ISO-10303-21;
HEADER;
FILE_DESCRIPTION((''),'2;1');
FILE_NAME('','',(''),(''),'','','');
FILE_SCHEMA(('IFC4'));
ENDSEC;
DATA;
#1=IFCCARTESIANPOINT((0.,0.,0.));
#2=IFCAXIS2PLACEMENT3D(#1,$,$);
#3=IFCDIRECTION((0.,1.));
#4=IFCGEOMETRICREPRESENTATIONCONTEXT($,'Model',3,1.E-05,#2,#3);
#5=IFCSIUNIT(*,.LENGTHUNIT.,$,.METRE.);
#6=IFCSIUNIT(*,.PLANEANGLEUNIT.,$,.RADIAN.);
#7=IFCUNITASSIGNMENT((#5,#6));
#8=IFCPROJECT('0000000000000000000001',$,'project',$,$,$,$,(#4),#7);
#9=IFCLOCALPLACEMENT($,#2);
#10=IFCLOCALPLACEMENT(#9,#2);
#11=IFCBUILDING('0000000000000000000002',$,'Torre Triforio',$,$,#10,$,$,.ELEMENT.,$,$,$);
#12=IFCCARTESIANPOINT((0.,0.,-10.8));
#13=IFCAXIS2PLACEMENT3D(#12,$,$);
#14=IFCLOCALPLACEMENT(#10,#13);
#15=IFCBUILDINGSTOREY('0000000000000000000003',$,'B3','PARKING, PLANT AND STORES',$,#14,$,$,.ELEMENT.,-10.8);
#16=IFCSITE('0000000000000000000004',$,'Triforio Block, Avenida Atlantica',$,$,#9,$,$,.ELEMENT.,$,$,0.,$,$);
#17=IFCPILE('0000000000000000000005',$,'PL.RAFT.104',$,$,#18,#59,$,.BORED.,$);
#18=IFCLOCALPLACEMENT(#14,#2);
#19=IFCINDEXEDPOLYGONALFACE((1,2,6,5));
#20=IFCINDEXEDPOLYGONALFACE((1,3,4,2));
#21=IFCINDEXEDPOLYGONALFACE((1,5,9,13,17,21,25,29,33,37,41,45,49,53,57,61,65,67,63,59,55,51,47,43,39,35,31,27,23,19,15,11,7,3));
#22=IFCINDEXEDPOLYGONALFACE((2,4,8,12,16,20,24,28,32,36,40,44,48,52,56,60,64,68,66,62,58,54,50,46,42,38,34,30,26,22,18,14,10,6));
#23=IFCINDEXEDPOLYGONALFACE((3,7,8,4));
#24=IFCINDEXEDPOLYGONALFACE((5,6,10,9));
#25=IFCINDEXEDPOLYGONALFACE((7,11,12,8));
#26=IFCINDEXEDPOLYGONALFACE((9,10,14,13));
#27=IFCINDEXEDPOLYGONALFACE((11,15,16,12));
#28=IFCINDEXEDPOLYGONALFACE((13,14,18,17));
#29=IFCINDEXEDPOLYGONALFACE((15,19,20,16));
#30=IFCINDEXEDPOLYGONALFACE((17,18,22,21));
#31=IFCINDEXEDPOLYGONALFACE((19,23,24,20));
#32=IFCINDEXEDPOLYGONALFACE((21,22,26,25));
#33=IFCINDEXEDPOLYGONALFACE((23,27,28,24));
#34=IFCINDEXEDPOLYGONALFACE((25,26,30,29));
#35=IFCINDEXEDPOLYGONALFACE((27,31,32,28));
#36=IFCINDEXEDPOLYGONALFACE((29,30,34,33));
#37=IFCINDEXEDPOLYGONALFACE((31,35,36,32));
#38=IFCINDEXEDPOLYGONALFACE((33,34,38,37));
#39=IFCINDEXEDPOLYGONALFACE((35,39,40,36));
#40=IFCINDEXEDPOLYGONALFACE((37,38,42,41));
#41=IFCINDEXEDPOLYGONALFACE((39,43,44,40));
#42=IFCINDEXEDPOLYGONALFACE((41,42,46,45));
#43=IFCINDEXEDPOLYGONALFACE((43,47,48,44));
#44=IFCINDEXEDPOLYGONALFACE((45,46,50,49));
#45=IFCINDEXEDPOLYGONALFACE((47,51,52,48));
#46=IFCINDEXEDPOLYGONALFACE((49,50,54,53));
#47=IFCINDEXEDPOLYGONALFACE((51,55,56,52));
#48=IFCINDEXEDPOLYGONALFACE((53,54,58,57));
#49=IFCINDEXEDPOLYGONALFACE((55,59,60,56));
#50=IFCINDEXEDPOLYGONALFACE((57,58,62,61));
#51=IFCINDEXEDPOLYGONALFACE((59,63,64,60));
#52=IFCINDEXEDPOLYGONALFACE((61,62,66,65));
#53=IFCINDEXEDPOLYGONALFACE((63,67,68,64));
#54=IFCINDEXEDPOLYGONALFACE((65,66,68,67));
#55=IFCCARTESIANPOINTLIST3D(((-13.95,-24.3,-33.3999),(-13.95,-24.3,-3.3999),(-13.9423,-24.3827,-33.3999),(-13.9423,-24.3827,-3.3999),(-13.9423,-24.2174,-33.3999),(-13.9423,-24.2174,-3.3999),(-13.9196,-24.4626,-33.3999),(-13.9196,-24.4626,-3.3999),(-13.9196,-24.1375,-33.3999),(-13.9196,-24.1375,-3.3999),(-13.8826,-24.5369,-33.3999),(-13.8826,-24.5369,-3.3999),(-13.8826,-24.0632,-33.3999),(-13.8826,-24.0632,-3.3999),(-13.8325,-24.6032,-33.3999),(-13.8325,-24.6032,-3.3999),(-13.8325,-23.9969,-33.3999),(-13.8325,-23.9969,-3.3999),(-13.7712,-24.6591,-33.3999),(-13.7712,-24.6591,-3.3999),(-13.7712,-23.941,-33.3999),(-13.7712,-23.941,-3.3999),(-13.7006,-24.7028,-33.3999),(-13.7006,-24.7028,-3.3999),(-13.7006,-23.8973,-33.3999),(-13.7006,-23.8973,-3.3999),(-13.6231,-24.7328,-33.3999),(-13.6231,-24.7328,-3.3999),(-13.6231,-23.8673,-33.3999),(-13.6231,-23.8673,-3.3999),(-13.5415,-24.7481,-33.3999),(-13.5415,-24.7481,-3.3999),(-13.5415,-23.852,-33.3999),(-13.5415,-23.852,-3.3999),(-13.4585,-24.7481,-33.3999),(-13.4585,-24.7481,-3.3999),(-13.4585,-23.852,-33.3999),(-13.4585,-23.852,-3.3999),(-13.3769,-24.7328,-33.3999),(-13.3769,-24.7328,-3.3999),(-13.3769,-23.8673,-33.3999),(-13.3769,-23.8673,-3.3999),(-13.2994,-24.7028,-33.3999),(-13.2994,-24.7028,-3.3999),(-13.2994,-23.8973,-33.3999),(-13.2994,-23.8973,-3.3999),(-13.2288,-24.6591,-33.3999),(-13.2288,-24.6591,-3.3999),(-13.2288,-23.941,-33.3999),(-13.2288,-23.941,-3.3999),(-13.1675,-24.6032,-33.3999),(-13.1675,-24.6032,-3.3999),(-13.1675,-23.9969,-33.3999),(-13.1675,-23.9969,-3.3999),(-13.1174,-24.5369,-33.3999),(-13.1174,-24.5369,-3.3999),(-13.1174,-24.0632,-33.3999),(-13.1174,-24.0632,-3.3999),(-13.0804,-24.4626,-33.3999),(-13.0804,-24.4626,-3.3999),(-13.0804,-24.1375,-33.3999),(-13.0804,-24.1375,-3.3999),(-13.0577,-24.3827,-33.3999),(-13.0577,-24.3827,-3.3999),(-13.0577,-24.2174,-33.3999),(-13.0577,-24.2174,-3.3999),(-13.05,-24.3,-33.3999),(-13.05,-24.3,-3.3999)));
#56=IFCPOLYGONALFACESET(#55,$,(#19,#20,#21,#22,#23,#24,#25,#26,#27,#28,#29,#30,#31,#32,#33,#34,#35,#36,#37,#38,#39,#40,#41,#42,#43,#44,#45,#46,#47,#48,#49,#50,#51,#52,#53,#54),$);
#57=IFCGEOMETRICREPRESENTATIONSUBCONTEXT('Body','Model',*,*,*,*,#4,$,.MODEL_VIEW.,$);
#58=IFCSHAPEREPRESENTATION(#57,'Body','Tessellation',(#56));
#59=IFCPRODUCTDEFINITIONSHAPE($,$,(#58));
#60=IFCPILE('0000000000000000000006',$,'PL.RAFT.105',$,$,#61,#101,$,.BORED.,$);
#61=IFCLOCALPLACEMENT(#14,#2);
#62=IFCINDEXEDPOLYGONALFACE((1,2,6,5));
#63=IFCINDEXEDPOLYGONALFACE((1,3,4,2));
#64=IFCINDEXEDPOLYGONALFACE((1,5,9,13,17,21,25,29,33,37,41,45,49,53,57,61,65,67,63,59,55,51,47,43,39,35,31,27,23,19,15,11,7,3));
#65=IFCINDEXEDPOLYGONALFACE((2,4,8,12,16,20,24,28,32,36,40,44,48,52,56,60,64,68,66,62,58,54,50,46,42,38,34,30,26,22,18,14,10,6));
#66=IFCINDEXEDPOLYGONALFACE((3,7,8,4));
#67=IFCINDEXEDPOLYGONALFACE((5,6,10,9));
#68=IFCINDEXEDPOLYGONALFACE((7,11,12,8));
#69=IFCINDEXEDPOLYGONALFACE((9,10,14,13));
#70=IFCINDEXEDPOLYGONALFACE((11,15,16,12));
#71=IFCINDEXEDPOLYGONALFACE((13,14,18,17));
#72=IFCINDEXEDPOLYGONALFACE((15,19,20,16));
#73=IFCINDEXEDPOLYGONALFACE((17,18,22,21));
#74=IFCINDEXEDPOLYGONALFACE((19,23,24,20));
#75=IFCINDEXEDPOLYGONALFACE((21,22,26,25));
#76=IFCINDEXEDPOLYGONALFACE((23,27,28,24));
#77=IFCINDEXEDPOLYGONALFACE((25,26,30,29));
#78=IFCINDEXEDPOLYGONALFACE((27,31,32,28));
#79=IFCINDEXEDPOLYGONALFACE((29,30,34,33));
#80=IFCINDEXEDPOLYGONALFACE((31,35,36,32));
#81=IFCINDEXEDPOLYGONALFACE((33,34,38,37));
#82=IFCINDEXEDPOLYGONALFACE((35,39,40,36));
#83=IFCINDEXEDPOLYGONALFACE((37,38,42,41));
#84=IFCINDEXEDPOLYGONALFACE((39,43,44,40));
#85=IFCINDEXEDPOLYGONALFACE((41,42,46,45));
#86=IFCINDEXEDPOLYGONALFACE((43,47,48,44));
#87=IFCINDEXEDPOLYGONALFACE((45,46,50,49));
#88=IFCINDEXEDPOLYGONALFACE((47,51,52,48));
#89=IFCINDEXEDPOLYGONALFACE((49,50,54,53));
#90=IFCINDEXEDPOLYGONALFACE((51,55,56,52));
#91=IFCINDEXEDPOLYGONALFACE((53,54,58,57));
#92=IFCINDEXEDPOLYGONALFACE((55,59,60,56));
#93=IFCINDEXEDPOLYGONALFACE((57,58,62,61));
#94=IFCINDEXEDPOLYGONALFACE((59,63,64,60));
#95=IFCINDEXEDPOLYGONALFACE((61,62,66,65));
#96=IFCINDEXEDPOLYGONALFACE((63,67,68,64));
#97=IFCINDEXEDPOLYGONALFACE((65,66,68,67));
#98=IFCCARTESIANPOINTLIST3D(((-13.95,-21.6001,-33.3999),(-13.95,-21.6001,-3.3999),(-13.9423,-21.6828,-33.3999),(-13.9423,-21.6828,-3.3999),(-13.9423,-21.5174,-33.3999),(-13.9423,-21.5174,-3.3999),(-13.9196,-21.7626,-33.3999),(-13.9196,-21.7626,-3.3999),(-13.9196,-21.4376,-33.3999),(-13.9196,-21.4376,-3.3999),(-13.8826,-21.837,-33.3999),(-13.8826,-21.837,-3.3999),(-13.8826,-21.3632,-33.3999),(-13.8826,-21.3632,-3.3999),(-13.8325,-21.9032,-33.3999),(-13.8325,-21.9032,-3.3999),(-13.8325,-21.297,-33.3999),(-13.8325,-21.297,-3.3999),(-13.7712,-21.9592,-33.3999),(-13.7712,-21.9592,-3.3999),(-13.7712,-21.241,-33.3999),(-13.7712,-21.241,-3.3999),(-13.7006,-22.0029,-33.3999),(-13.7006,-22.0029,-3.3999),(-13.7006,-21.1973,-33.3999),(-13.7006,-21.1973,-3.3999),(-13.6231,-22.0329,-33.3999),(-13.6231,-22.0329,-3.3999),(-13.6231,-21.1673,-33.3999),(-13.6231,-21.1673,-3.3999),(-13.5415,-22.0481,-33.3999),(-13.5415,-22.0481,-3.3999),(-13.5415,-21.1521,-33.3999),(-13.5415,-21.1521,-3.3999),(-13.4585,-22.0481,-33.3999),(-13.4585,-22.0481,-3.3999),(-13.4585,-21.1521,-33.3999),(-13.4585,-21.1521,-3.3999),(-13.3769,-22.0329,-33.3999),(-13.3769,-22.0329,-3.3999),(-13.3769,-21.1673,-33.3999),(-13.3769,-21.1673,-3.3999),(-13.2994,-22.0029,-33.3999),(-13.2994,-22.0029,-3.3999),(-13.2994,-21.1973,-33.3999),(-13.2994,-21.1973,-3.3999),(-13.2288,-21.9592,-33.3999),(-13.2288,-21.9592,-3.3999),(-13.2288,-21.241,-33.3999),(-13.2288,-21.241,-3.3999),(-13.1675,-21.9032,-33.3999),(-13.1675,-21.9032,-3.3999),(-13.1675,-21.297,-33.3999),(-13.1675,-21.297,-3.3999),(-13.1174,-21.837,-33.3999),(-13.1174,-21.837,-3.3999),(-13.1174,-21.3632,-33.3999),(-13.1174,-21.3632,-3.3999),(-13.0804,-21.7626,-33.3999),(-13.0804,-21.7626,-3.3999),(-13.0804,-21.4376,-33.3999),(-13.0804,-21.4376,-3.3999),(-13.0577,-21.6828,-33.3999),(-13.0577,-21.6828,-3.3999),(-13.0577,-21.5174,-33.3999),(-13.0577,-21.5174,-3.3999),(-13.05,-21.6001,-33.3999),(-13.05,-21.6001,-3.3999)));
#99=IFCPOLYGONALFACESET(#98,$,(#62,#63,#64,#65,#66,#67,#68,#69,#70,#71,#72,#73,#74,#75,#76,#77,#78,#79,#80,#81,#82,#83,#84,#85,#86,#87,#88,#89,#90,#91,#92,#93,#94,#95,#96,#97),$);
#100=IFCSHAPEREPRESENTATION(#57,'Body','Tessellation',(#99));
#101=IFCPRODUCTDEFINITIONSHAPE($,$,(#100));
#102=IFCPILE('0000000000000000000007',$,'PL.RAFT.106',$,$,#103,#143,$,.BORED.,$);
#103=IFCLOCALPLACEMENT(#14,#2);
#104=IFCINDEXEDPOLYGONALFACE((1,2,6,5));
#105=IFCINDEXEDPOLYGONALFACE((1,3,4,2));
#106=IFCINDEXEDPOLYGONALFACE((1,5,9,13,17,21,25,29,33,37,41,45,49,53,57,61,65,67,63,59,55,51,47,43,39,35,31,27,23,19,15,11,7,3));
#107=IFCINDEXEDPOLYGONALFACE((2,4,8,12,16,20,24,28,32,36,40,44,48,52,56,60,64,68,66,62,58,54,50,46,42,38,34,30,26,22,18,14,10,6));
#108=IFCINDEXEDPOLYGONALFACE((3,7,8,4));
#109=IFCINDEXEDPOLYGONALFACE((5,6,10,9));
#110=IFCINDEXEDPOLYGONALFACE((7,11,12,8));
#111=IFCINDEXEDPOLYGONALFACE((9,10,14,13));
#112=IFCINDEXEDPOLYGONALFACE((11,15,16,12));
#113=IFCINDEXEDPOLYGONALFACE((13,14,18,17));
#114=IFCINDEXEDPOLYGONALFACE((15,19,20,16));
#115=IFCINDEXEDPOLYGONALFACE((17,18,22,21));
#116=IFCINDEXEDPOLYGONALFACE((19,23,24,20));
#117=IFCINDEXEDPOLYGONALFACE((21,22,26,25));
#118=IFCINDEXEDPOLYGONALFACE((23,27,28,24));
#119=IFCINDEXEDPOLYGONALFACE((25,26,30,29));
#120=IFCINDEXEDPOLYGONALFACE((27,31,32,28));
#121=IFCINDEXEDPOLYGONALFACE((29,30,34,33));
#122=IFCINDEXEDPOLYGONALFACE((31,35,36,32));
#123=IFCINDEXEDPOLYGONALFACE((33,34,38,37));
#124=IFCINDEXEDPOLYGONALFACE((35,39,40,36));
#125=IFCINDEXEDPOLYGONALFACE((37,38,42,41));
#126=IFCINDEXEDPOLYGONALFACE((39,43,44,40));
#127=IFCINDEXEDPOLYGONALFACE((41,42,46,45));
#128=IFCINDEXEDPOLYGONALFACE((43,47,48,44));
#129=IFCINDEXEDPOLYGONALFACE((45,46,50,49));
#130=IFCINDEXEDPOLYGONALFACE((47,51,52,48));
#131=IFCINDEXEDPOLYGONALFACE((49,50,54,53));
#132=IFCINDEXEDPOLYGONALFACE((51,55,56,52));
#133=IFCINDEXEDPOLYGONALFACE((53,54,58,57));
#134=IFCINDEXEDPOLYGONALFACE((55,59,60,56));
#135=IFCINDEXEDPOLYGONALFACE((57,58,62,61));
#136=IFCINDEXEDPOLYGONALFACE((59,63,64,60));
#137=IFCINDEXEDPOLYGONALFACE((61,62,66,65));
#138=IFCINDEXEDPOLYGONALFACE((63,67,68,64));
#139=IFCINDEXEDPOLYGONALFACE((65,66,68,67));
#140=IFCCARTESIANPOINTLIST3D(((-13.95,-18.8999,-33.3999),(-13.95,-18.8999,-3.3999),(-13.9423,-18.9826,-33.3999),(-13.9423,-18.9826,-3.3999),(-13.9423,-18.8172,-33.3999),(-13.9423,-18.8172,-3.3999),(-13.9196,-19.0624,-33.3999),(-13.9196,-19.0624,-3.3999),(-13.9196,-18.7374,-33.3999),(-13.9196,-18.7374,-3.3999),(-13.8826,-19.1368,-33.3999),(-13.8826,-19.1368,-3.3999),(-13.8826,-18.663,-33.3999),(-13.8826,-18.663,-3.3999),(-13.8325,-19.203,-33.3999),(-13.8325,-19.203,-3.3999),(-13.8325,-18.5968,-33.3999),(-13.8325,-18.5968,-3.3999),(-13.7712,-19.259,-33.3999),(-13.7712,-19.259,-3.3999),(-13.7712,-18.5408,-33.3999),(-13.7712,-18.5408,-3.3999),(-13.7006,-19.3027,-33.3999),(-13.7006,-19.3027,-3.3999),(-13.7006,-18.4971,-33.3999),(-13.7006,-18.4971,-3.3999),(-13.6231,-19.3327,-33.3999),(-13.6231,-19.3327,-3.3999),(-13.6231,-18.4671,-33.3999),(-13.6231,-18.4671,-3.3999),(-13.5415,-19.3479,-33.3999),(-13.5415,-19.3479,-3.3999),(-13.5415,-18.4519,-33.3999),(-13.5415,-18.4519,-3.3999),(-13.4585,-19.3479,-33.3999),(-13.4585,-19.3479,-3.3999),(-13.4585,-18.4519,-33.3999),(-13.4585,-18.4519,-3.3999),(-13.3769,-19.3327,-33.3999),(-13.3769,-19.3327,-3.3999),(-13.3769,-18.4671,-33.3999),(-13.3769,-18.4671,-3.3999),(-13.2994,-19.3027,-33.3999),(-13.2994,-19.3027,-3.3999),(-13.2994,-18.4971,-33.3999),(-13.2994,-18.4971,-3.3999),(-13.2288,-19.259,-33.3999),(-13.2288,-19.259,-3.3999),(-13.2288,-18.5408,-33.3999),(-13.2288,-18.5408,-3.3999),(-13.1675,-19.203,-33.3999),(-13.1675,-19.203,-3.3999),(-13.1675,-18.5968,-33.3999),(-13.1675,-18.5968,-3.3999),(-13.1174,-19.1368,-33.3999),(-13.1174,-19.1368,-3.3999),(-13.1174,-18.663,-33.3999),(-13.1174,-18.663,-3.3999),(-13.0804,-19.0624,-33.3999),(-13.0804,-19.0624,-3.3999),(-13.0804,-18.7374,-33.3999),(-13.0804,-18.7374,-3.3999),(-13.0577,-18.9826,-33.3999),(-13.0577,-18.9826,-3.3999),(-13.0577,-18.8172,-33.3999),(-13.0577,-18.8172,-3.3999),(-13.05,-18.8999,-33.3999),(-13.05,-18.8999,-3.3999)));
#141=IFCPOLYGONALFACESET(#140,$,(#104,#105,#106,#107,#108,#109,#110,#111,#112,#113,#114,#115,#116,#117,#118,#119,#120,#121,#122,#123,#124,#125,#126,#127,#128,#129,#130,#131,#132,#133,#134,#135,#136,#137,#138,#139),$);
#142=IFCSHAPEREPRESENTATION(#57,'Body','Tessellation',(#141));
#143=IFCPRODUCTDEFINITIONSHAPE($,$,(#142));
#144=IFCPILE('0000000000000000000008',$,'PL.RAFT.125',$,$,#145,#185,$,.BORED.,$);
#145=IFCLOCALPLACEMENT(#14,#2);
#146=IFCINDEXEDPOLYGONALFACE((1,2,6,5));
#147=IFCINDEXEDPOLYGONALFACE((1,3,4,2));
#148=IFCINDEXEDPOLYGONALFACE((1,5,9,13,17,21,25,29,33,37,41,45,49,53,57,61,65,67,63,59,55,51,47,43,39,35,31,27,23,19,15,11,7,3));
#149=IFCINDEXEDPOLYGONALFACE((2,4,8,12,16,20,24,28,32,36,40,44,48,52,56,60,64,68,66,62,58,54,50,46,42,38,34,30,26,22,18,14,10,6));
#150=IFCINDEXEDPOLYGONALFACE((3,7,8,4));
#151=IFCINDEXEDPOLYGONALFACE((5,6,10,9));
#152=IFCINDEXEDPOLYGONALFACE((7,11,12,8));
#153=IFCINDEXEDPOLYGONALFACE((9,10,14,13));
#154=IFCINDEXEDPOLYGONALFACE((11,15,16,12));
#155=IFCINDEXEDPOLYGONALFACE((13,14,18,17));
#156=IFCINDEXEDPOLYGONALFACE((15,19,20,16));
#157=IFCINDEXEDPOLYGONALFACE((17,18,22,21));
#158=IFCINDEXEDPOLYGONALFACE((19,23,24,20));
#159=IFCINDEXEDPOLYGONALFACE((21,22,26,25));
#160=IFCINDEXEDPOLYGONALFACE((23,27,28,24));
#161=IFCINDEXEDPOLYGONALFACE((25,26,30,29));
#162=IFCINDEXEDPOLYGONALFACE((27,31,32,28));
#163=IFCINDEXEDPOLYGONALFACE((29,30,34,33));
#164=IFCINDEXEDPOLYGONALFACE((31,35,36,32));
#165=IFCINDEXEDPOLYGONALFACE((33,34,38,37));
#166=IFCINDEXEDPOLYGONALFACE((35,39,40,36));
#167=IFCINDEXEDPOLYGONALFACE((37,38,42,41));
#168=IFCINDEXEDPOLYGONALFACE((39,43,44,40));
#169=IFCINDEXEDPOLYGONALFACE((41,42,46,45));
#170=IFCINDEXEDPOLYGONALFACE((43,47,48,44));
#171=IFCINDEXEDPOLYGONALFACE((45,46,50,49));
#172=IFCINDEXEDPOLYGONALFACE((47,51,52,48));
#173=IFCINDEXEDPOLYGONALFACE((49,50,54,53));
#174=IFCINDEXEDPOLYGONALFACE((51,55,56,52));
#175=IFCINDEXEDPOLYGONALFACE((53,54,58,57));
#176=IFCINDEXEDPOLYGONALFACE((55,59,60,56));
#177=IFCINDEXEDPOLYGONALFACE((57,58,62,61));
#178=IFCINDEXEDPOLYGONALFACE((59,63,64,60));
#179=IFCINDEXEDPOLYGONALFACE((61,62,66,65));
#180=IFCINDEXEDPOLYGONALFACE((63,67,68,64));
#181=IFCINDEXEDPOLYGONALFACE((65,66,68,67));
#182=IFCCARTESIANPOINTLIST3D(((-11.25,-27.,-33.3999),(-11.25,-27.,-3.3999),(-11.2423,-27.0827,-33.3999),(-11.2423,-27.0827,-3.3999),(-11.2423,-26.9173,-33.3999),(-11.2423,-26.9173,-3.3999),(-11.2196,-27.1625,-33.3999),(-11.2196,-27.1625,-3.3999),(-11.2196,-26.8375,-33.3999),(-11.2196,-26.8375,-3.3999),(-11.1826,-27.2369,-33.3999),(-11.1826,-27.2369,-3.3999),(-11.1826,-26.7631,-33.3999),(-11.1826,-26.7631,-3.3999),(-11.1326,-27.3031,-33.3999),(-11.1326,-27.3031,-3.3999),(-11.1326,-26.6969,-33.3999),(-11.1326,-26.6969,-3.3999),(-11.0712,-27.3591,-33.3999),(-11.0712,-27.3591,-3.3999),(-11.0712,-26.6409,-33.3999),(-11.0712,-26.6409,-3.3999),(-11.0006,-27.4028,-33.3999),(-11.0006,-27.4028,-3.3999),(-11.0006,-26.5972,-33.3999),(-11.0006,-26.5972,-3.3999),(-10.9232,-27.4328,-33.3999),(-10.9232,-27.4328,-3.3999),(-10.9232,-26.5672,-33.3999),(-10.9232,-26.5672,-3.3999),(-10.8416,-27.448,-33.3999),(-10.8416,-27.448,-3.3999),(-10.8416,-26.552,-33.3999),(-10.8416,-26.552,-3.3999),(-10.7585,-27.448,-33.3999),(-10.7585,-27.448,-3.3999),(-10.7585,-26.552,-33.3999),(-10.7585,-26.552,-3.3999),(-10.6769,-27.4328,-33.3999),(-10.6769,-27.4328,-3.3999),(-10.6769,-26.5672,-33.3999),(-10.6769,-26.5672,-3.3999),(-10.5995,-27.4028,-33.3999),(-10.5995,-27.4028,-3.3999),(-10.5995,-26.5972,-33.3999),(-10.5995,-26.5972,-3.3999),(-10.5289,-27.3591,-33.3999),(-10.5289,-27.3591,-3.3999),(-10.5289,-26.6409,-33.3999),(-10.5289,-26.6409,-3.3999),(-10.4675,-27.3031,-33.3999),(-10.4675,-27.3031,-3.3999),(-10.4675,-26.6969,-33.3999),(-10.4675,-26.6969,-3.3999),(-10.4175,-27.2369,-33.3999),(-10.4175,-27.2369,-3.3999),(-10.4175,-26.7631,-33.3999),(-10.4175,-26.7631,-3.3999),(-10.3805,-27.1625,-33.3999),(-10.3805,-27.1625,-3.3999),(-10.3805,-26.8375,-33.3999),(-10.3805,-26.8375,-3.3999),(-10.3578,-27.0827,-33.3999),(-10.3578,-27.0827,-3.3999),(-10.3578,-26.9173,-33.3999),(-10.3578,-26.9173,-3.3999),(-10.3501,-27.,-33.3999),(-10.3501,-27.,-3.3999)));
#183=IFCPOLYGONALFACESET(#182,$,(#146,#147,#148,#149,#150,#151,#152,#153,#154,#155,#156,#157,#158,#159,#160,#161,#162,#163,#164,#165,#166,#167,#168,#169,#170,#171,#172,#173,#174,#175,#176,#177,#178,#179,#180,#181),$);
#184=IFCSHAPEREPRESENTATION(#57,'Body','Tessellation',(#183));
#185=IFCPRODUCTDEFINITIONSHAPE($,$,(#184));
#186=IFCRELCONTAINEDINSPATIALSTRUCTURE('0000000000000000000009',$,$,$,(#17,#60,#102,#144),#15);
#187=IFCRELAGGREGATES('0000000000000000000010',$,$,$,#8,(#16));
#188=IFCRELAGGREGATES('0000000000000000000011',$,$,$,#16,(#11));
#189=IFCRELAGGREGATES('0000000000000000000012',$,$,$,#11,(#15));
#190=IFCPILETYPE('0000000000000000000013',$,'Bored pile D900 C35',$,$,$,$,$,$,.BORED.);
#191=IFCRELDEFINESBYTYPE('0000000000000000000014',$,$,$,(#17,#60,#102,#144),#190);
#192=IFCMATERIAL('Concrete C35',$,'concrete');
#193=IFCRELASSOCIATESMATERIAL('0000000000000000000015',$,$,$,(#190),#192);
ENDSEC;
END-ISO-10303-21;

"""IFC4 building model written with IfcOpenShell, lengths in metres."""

from ifc_helpers import new_model, si_unit, direction, frame, origin, origin_2d, place, context, subcontext, project, spatial, circle, extrude, material, material_profile, profile_set, type_object, element, save


model = new_model("IFC4")

# Units and contexts
model_context = context("Model", 3, precision=1e-05, world=origin(), true_north=direction((0.0, 1.0)))
body_context = subcontext(model_context, "Body", "Model", "MODEL_VIEW")
ifc_project = project(units=[si_unit("LENGTHUNIT", "METRE"), si_unit("PLANEANGLEUNIT", "RADIAN")], contexts=[model_context])

# Site, building, storey
site_placement = place(None, origin())
site = spatial("IfcSite", under=ifc_project, at=site_placement, Name="Triforio Block, Avenida Atlantica", CompositionType="ELEMENT", RefElevation=0.0)
building_placement = place(site_placement, origin())
building = spatial("IfcBuilding", under=site, at=building_placement, Name="Torre Triforio", CompositionType="ELEMENT")
storey_placement = place(building_placement, frame((0.0, 0.0, -10.8)))
storey = spatial("IfcBuildingStorey", under=building, at=storey_placement, Name="B3", Description="PARKING, PLANT AND STORES", CompositionType="ELEMENT", Elevation=-10.8)

# Piles
ifc_material_1 = material(Name="Concrete C35", Category="concrete")
ifc_material_profile_1 = material_profile(ifc_material_1, circle(Radius=0.45, at=origin_2d()), Name="RC D900")
ifc_profile_set_1 = profile_set([ifc_material_profile_1], Name="Concrete C35")
pile_type = type_object("IfcPileType", Name="Bored pile D900 C35", PredefinedType="BORED", material=ifc_profile_set_1)
for number, where, z_axis, x_axis, name in (
    (1, (-13.5, -24.3, -3.3999), (0.0, 0.0, -1.0), (1.0, 0.0, 0.0), "PL.RAFT.104"),
    (2, (-13.5, -21.6001, -3.3999), (0.0, 0.0, -1.0), (1.0, 0.0, 0.0), "PL.RAFT.105"),
    (3, (-13.5, -18.8999, -3.3999), (0.0, 0.0, -1.0), (1.0, 0.0, 0.0), "PL.RAFT.106"),
    (4, (-10.8, -27.0, -3.3999), (0.0, 0.0, -1.0), (1.0, 0.0, 0.0), "PL.RAFT.125"),
):
    element("IfcPile", number, at=place(storey_placement, frame(where, z_axis=z_axis, x_axis=x_axis)), inside=storey, type_object=pile_type, Name=name, PredefinedType="BORED", context=body_context, shape_type="SweptSolid", body=[
        extrude(circle(Radius=0.45, at=origin_2d()), origin(), (0.0, 0.0, 1.0), 30.0),
    ])

save(model, "model.ifc")
